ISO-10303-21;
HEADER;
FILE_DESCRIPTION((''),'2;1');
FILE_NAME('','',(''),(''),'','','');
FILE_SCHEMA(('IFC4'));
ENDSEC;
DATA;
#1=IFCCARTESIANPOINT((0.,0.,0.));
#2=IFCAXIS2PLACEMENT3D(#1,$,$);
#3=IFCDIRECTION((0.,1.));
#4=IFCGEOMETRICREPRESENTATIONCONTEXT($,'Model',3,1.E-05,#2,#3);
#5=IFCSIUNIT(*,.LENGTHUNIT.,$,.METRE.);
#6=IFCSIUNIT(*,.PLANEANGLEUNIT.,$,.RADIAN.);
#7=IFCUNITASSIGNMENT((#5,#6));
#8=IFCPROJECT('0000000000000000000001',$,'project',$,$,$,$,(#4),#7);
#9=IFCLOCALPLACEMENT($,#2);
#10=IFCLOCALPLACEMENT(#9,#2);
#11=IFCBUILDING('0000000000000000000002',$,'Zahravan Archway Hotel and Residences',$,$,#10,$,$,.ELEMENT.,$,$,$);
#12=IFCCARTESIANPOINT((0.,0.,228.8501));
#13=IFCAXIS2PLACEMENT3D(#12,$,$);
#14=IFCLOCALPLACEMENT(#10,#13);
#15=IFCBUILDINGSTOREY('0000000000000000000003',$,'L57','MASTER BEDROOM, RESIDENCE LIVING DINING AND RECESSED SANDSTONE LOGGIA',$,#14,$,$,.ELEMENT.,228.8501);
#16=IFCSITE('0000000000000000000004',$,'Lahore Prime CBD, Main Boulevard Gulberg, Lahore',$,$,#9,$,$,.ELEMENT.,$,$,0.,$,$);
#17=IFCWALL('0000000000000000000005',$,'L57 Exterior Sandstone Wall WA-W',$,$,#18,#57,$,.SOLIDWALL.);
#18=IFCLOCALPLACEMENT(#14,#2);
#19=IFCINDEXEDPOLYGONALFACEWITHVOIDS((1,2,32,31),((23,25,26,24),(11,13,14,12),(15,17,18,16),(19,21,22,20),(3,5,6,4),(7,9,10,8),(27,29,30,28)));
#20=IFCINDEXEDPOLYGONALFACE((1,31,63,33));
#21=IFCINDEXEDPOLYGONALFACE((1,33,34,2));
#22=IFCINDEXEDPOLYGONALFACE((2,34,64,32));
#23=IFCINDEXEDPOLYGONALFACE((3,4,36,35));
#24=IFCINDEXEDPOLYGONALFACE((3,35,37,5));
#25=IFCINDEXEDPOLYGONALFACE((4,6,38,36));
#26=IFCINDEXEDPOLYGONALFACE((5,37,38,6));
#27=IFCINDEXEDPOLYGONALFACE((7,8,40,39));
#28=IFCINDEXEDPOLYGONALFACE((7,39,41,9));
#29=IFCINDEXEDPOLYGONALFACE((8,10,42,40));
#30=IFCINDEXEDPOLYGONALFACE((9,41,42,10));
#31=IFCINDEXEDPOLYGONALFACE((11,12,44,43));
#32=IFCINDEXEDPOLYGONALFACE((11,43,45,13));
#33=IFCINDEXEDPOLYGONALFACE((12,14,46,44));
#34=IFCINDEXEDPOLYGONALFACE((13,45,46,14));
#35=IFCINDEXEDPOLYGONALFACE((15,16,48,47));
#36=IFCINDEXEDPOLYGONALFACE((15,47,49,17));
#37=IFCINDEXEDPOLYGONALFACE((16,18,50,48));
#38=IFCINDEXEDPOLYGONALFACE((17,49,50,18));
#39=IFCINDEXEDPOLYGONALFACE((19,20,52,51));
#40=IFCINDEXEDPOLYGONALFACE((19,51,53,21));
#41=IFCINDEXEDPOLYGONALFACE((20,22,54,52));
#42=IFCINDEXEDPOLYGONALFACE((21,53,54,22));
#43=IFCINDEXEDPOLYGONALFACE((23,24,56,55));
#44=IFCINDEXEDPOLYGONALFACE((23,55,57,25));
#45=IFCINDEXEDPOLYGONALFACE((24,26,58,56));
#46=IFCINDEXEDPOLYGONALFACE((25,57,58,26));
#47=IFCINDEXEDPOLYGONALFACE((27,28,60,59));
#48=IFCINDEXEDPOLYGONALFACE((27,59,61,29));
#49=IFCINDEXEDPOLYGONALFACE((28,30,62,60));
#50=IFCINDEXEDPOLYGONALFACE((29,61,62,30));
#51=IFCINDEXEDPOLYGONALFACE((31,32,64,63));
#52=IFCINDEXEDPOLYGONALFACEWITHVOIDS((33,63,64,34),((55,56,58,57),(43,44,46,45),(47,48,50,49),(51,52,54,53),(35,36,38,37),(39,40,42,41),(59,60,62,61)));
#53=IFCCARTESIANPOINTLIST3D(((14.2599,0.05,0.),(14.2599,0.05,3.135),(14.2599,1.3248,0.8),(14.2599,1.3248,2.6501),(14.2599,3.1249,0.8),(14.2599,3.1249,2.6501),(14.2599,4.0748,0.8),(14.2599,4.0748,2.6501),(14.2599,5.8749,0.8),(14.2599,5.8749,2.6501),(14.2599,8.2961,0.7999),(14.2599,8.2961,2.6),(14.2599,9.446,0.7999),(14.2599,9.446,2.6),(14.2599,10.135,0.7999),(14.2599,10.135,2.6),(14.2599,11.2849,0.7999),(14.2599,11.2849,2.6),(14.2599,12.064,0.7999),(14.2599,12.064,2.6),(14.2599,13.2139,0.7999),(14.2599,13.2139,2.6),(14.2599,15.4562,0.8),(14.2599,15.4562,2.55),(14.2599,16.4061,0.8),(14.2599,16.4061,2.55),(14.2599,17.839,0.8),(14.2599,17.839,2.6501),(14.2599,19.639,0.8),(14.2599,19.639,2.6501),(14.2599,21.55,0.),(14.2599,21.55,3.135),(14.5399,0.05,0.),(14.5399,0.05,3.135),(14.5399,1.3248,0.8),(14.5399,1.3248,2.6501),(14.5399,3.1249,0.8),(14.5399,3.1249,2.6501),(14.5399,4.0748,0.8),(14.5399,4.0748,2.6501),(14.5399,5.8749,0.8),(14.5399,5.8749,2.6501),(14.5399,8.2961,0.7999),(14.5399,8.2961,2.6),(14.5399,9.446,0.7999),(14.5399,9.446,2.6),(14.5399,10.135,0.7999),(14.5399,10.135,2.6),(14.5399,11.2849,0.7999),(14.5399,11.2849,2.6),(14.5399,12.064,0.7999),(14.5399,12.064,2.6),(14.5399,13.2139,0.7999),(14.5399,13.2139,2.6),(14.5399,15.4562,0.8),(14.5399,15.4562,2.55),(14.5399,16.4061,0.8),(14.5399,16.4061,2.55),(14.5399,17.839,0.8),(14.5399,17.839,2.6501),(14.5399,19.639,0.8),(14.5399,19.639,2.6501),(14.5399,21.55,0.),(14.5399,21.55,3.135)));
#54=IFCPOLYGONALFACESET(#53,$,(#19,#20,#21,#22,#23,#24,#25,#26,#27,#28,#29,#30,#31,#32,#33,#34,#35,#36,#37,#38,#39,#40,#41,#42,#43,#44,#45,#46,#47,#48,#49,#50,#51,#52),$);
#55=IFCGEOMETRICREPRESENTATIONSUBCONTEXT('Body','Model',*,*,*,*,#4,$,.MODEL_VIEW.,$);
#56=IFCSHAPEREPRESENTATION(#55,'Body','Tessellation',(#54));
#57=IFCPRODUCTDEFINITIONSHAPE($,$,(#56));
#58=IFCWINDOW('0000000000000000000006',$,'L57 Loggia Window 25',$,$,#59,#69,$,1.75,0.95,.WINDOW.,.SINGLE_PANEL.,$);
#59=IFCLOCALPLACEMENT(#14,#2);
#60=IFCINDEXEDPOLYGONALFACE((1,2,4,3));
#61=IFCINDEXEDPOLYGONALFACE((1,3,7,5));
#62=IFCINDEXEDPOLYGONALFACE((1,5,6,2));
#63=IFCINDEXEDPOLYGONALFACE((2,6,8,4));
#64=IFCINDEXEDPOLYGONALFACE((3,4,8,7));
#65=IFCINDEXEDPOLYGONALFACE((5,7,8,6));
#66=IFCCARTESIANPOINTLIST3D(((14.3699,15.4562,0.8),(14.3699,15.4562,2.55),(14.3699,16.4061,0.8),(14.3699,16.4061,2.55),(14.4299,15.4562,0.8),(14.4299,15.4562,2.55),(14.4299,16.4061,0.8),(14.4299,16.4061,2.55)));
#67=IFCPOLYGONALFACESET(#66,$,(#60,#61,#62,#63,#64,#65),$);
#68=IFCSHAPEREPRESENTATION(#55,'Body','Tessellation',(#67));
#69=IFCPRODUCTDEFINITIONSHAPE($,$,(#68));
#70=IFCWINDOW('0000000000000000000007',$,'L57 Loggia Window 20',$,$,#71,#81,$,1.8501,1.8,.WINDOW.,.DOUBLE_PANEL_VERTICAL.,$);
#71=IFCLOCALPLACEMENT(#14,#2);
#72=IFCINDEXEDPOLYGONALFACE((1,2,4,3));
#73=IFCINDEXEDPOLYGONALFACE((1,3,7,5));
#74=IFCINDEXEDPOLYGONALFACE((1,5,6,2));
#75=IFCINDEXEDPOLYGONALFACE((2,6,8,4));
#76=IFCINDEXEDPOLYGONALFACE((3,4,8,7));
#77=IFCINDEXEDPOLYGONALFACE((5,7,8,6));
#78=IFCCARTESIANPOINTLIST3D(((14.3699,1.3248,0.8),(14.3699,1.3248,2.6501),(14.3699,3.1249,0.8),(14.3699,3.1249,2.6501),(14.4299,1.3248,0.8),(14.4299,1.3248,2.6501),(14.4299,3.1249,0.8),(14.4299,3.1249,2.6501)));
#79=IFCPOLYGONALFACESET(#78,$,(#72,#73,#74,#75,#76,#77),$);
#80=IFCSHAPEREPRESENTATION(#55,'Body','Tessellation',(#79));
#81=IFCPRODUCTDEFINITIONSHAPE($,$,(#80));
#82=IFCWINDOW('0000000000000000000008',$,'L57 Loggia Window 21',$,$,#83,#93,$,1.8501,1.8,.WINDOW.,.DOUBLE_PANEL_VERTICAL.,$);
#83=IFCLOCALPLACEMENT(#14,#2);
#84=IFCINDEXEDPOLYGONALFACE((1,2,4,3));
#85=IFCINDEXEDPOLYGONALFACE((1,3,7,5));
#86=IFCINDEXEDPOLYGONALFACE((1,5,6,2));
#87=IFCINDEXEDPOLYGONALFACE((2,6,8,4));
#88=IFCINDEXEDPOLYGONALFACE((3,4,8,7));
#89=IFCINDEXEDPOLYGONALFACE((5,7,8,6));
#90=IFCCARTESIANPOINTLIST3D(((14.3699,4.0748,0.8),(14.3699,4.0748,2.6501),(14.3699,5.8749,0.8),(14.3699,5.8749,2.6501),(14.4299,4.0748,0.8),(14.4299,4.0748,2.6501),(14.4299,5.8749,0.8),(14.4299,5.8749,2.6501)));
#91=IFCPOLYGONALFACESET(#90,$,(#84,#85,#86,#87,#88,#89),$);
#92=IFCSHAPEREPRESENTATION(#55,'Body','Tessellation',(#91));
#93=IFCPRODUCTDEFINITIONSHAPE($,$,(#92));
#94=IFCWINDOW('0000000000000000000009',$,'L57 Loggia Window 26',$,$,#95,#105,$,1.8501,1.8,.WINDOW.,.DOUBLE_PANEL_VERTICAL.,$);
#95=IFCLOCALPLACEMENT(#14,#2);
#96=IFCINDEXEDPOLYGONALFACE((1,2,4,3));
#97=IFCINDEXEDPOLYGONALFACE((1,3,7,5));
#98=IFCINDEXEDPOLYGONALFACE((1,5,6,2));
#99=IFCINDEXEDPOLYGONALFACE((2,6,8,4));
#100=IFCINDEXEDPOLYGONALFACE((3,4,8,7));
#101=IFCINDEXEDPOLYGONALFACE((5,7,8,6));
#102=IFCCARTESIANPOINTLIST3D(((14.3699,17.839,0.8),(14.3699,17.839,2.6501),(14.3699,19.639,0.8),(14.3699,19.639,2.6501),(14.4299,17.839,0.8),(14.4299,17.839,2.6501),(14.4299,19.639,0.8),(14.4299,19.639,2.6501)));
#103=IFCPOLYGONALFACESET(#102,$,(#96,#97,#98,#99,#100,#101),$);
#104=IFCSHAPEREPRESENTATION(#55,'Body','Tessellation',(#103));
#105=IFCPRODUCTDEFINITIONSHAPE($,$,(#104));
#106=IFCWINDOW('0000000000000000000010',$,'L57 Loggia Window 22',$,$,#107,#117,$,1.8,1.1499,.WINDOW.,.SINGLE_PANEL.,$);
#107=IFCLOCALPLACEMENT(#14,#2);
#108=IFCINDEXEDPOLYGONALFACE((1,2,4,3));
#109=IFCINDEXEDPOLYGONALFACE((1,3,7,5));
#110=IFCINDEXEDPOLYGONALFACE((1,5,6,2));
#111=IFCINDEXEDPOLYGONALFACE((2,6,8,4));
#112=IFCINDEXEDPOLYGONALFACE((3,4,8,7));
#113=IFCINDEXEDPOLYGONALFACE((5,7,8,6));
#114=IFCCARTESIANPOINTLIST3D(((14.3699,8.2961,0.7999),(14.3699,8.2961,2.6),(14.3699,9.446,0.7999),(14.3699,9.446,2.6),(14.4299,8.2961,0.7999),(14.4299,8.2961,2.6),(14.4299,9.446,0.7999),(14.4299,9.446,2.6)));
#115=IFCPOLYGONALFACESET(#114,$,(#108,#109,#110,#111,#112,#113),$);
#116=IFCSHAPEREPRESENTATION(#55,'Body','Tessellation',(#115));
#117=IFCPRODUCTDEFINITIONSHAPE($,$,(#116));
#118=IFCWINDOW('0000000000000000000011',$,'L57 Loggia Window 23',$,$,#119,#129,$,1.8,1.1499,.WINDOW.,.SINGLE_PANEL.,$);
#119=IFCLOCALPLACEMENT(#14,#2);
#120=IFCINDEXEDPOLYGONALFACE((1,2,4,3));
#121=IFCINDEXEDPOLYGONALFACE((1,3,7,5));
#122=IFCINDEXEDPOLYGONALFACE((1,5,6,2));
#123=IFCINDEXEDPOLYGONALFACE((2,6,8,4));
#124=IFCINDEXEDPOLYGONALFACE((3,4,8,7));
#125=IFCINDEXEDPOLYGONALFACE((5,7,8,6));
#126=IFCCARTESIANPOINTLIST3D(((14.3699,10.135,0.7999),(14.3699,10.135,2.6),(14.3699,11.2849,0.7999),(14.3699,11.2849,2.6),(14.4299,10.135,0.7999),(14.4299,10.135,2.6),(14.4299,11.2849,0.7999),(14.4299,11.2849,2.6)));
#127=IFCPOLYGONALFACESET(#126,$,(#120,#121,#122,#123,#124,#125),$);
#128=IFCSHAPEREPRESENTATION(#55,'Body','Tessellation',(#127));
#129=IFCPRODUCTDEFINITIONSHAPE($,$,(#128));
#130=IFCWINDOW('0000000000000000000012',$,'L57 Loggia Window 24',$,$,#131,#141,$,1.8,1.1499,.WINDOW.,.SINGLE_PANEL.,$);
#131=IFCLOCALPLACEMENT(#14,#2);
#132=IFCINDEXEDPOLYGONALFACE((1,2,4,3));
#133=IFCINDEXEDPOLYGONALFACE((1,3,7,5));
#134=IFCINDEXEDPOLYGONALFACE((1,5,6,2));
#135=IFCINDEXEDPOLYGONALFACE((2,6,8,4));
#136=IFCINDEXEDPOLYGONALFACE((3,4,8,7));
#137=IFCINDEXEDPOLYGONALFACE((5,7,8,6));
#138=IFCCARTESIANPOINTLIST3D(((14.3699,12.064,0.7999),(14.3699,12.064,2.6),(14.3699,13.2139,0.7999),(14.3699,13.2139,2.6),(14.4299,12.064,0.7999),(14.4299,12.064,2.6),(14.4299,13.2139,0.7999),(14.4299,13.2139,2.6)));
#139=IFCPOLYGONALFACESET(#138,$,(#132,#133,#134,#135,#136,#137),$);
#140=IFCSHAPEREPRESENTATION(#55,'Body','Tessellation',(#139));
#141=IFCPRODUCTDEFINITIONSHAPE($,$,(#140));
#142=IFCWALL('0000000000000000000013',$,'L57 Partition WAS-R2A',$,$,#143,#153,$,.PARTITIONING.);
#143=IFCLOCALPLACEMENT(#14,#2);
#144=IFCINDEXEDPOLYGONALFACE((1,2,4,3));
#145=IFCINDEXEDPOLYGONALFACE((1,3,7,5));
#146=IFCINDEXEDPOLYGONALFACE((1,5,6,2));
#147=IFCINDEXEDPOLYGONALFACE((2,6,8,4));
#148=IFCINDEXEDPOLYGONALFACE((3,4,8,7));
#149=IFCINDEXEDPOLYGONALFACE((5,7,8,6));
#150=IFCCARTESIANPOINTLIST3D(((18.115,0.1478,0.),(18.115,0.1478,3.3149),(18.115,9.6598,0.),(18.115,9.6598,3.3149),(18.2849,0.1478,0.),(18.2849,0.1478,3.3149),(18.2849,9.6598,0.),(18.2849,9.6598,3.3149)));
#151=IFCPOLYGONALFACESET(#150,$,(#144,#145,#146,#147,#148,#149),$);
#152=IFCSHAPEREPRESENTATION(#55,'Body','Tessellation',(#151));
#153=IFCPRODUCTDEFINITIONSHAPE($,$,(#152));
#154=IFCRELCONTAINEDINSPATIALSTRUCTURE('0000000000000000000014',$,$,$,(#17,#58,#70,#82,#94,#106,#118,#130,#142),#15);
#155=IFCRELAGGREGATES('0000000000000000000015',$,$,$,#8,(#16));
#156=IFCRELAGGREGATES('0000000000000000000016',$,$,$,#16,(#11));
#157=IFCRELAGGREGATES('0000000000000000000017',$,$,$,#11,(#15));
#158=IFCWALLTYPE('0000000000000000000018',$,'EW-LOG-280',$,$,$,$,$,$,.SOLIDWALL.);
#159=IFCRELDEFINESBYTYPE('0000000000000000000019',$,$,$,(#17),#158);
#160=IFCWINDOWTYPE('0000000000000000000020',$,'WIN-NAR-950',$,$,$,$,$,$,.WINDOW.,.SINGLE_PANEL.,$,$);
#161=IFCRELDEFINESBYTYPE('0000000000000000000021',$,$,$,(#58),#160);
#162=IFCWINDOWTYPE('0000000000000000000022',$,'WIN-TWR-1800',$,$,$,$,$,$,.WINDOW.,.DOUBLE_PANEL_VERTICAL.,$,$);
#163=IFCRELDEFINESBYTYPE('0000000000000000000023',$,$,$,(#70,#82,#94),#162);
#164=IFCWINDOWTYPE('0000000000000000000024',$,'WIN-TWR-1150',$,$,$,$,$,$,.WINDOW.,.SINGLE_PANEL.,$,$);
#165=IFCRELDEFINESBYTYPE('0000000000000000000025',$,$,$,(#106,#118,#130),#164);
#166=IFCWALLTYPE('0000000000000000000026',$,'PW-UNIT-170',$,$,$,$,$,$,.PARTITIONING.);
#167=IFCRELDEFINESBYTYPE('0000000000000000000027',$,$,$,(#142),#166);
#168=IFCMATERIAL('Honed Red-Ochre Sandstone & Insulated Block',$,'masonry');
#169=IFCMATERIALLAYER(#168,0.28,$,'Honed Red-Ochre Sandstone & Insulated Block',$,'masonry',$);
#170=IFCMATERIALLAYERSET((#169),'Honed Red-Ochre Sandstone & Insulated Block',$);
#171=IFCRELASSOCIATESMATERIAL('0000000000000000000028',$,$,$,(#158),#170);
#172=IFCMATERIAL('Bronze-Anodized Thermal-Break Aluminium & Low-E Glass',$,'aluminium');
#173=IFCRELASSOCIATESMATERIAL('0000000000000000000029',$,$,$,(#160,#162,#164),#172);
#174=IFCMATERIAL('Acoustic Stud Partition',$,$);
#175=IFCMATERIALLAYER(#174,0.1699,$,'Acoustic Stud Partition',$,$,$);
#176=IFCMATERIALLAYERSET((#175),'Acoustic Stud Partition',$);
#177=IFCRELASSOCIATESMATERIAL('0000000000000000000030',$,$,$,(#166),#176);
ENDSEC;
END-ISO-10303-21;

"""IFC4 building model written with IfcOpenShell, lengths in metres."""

from ifc_helpers import new_model, si_unit, direction, frame, frame_2d, origin, place, context, subcontext, project, spatial, rectangle, extrude, source, transform, mapped, material, layer, layer_set, type_object, type_shapes, element, fill, save


model = new_model("IFC4")

# Units and contexts
model_context = context("Model", 3, precision=1e-05, world=origin(), true_north=direction((0.0, 1.0)))
body_context = subcontext(model_context, "Body", "Model", "MODEL_VIEW")
ifc_project = project(units=[si_unit("LENGTHUNIT", "METRE"), si_unit("PLANEANGLEUNIT", "RADIAN")], contexts=[model_context])

# Site, building, storey
site_placement = place(None, origin())
site = spatial("IfcSite", under=ifc_project, at=site_placement, Name="Lahore Prime CBD, Main Boulevard Gulberg, Lahore", CompositionType="ELEMENT", RefElevation=0.0)
building_placement = place(site_placement, origin())
building = spatial("IfcBuilding", under=site, at=building_placement, Name="Zahravan Archway Hotel and Residences", CompositionType="ELEMENT")
storey_placement = place(building_placement, frame((0.0, 0.0, 228.8501)))
storey = spatial("IfcBuildingStorey", under=building, at=storey_placement, Name="L57", Description="MASTER BEDROOM, RESIDENCE LIVING DINING AND RECESSED SANDSTONE LOGGIA", CompositionType="ELEMENT", Elevation=228.8501)

# Wall, openings, windows
ifc_material_1 = material(Name="Honed Red-Ochre Sandstone & Insulated Block", Category="masonry")
ifc_layer_1 = layer(ifc_material_1, 0.28, Name="Honed Red-Ochre Sandstone & Insulated Block", Category="masonry")
ifc_layer_set_1 = layer_set([ifc_layer_1], Name="Honed Red-Ochre Sandstone & Insulated Block")
wall_type_1 = type_object("IfcWallType", Name="EW-LOG-280", PredefinedType="SOLIDWALL", material=ifc_layer_set_1)
wall_1_placement = place(storey_placement, frame((14.3999, 0.05, 0.0), z_axis=(0.0, 0.0, 1.0), x_axis=(0.0, 1.0, 0.0)))
wall_1 = element("IfcWall", 1, at=wall_1_placement, inside=storey, type_object=wall_type_1, Name="L57 Exterior Sandstone Wall WA-W", PredefinedType="SOLIDWALL", context=body_context, shape_type="SweptSolid", body=[
    extrude(rectangle(XDim=21.5, YDim=0.28, at=frame_2d((10.75, 0.0))), origin(), (0.0, 0.0, 1.0), 3.135),
])
opening_1_placement = place(wall_1_placement, frame((1.2749, 0.0, 0.8)))
opening_1 = element("IfcOpeningElement", 2, at=opening_1_placement, cuts=wall_1, PredefinedType="OPENING", context=body_context, shape_type="SweptSolid", body=[
    extrude(rectangle(XDim=1.8, YDim=1.8501, at=frame_2d((0.8999, 0.925))), frame((0.0, 0.1499, 0.0), z_axis=(0.0, -1.0, 0.0), x_axis=(1.0, 0.0, 0.0)), (0.0, 0.0, 1.0), 0.3),
])
opening_2_placement = place(wall_1_placement, frame((4.0249, 0.0, 0.8)))
opening_2 = element("IfcOpeningElement", 3, at=opening_2_placement, cuts=wall_1, PredefinedType="OPENING", context=body_context, shape_type="SweptSolid", body=[
    extrude(rectangle(XDim=1.8, YDim=1.8501, at=frame_2d((0.8999, 0.925))), frame((0.0, 0.1499, 0.0), z_axis=(0.0, -1.0, 0.0), x_axis=(1.0, 0.0, 0.0)), (0.0, 0.0, 1.0), 0.3),
])
opening_3_placement = place(wall_1_placement, frame((8.2461, 0.0, 0.8)))
opening_3 = element("IfcOpeningElement", 4, at=opening_3_placement, cuts=wall_1, PredefinedType="OPENING", context=body_context, shape_type="SweptSolid", body=[
    extrude(rectangle(XDim=1.1499, YDim=1.8, at=frame_2d((0.575, 0.8999))), frame((0.0, 0.1499, 0.0), z_axis=(0.0, -1.0, 0.0), x_axis=(1.0, 0.0, 0.0)), (0.0, 0.0, 1.0), 0.3),
])
opening_4_placement = place(wall_1_placement, frame((10.085, 0.0, 0.8)))
opening_4 = element("IfcOpeningElement", 5, at=opening_4_placement, cuts=wall_1, PredefinedType="OPENING", context=body_context, shape_type="SweptSolid", body=[
    extrude(rectangle(XDim=1.1499, YDim=1.8, at=frame_2d((0.575, 0.8999))), frame((0.0, 0.1499, 0.0), z_axis=(0.0, -1.0, 0.0), x_axis=(1.0, 0.0, 0.0)), (0.0, 0.0, 1.0), 0.3),
])
opening_5_placement = place(wall_1_placement, frame((12.0139, 0.0, 0.8)))
opening_5 = element("IfcOpeningElement", 6, at=opening_5_placement, cuts=wall_1, PredefinedType="OPENING", context=body_context, shape_type="SweptSolid", body=[
    extrude(rectangle(XDim=1.1499, YDim=1.8, at=frame_2d((0.575, 0.8999))), frame((0.0, 0.1499, 0.0), z_axis=(0.0, -1.0, 0.0), x_axis=(1.0, 0.0, 0.0)), (0.0, 0.0, 1.0), 0.3),
])
opening_6_placement = place(wall_1_placement, frame((15.406, 0.0, 0.8)))
opening_6 = element("IfcOpeningElement", 7, at=opening_6_placement, cuts=wall_1, PredefinedType="OPENING", context=body_context, shape_type="SweptSolid", body=[
    extrude(rectangle(XDim=0.95, YDim=1.75, at=frame_2d((0.4751, 0.875))), frame((0.0, 0.1499, 0.0), z_axis=(0.0, -1.0, 0.0), x_axis=(1.0, 0.0, 0.0)), (0.0, 0.0, 1.0), 0.3),
])
opening_7_placement = place(wall_1_placement, frame((17.7891, 0.0, 0.8)))
opening_7 = element("IfcOpeningElement", 8, at=opening_7_placement, cuts=wall_1, PredefinedType="OPENING", context=body_context, shape_type="SweptSolid", body=[
    extrude(rectangle(XDim=1.8, YDim=1.8501, at=frame_2d((0.8999, 0.925))), frame((0.0, 0.1499, 0.0), z_axis=(0.0, -1.0, 0.0), x_axis=(1.0, 0.0, 0.0)), (0.0, 0.0, 1.0), 0.3),
])
ifc_material_2 = material(Name="Bronze-Anodized Thermal-Break Aluminium & Low-E Glass", Category="aluminium")
window_type_1 = type_object("IfcWindowType", Name="WIN-NAR-950", PartitioningType="SINGLE_PANEL", PredefinedType="WINDOW", material=ifc_material_2)
shared_shape_1 = source(origin(), body_context, "Body", "SweptSolid", [
    extrude(rectangle(XDim=0.95, YDim=1.75, at=frame_2d((0.4751, 0.875))), frame((0.0, 0.03, 0.0), z_axis=(0.0, -1.0, 0.0), x_axis=(1.0, 0.0, 0.0)), (0.0, 0.0, 1.0), 0.0601),
])
type_shapes(window_type_1, [shared_shape_1])
window_1_placement = place(opening_6_placement, origin())
window_1 = element("IfcWindow", 9, at=window_1_placement, inside=storey, type_object=window_type_1, Name="L57 Loggia Window 25", OverallHeight=1.75, OverallWidth=0.95, PartitioningType="SINGLE_PANEL", PredefinedType="WINDOW", context=body_context, shape_type="MappedRepresentation", body=[
    mapped(shared_shape_1, transform((0.0, 0.0, 0.0), scale=1.0)),
])
fill(opening_6, window_1)
window_type_2 = type_object("IfcWindowType", Name="WIN-TWR-1800", PartitioningType="DOUBLE_PANEL_VERTICAL", PredefinedType="WINDOW", material=ifc_material_2)
shared_shape_2 = source(origin(), body_context, "Body", "SweptSolid", [
    extrude(rectangle(XDim=1.8, YDim=1.8501, at=frame_2d((0.8999, 0.925))), frame((0.0, 0.03, 0.0), z_axis=(0.0, -1.0, 0.0), x_axis=(1.0, 0.0, 0.0)), (0.0, 0.0, 1.0), 0.0601),
])
type_shapes(window_type_2, [shared_shape_2])
window_2_placement = place(opening_1_placement, origin())
window_2 = element("IfcWindow", 10, at=window_2_placement, inside=storey, type_object=window_type_2, Name="L57 Loggia Window 20", OverallHeight=1.8501, OverallWidth=1.8, PartitioningType="DOUBLE_PANEL_VERTICAL", PredefinedType="WINDOW", context=body_context, shape_type="MappedRepresentation", body=[
    mapped(shared_shape_2, transform((0.0, 0.0, 0.0), scale=1.0)),
])
fill(opening_1, window_2)
window_3_placement = place(opening_2_placement, origin())
window_3 = element("IfcWindow", 11, at=window_3_placement, inside=storey, type_object=window_type_2, Name="L57 Loggia Window 21", OverallHeight=1.8501, OverallWidth=1.8, PartitioningType="DOUBLE_PANEL_VERTICAL", PredefinedType="WINDOW", context=body_context, shape_type="MappedRepresentation", body=[
    mapped(shared_shape_2, transform((0.0, 0.0, 0.0), scale=1.0)),
])
fill(opening_2, window_3)
window_4_placement = place(opening_7_placement, origin())
window_4 = element("IfcWindow", 12, at=window_4_placement, inside=storey, type_object=window_type_2, Name="L57 Loggia Window 26", OverallHeight=1.8501, OverallWidth=1.8, PartitioningType="DOUBLE_PANEL_VERTICAL", PredefinedType="WINDOW", context=body_context, shape_type="MappedRepresentation", body=[
    mapped(shared_shape_2, transform((0.0, 0.0, 0.0), scale=1.0)),
])
fill(opening_7, window_4)
window_type_3 = type_object("IfcWindowType", Name="WIN-TWR-1150", PartitioningType="SINGLE_PANEL", PredefinedType="WINDOW", material=ifc_material_2)
shared_shape_3 = source(origin(), body_context, "Body", "SweptSolid", [
    extrude(rectangle(XDim=1.1499, YDim=1.8, at=frame_2d((0.575, 0.8999))), frame((0.0, 0.03, 0.0), z_axis=(0.0, -1.0, 0.0), x_axis=(1.0, 0.0, 0.0)), (0.0, 0.0, 1.0), 0.0601),
])
type_shapes(window_type_3, [shared_shape_3])
window_5_placement = place(opening_3_placement, origin())
window_5 = element("IfcWindow", 13, at=window_5_placement, inside=storey, type_object=window_type_3, Name="L57 Loggia Window 22", OverallHeight=1.8, OverallWidth=1.1499, PartitioningType="SINGLE_PANEL", PredefinedType="WINDOW", context=body_context, shape_type="MappedRepresentation", body=[
    mapped(shared_shape_3, transform((0.0, 0.0, 0.0), scale=1.0)),
])
fill(opening_3, window_5)
window_6_placement = place(opening_4_placement, origin())
window_6 = element("IfcWindow", 14, at=window_6_placement, inside=storey, type_object=window_type_3, Name="L57 Loggia Window 23", OverallHeight=1.8, OverallWidth=1.1499, PartitioningType="SINGLE_PANEL", PredefinedType="WINDOW", context=body_context, shape_type="MappedRepresentation", body=[
    mapped(shared_shape_3, transform((0.0, 0.0, 0.0), scale=1.0)),
])
fill(opening_4, window_6)
window_7_placement = place(opening_5_placement, origin())
window_7 = element("IfcWindow", 15, at=window_7_placement, inside=storey, type_object=window_type_3, Name="L57 Loggia Window 24", OverallHeight=1.8, OverallWidth=1.1499, PartitioningType="SINGLE_PANEL", PredefinedType="WINDOW", context=body_context, shape_type="MappedRepresentation", body=[
    mapped(shared_shape_3, transform((0.0, 0.0, 0.0), scale=1.0)),
])
fill(opening_5, window_7)

# Wall
ifc_material_3 = material(Name="Acoustic Stud Partition")
ifc_layer_2 = layer(ifc_material_3, 0.1699, Name="Acoustic Stud Partition")
ifc_layer_set_2 = layer_set([ifc_layer_2], Name="Acoustic Stud Partition")
wall_type_2 = type_object("IfcWallType", Name="PW-UNIT-170", PredefinedType="PARTITIONING", material=ifc_layer_set_2)
wall_2_placement = place(storey_placement, frame((18.2, 0.1479, 0.0), z_axis=(0.0, 0.0, 1.0), x_axis=(0.0, 1.0, 0.0)))
element("IfcWall", 16, at=wall_2_placement, inside=storey, type_object=wall_type_2, Name="L57 Partition WAS-R2A", PredefinedType="PARTITIONING", context=body_context, shape_type="SweptSolid", body=[
    extrude(rectangle(XDim=9.512, YDim=0.1699, at=frame_2d((4.7559, 0.0))), origin(), (0.0, 0.0, 1.0), 3.3149),
])

save(model, "model.ifc")
